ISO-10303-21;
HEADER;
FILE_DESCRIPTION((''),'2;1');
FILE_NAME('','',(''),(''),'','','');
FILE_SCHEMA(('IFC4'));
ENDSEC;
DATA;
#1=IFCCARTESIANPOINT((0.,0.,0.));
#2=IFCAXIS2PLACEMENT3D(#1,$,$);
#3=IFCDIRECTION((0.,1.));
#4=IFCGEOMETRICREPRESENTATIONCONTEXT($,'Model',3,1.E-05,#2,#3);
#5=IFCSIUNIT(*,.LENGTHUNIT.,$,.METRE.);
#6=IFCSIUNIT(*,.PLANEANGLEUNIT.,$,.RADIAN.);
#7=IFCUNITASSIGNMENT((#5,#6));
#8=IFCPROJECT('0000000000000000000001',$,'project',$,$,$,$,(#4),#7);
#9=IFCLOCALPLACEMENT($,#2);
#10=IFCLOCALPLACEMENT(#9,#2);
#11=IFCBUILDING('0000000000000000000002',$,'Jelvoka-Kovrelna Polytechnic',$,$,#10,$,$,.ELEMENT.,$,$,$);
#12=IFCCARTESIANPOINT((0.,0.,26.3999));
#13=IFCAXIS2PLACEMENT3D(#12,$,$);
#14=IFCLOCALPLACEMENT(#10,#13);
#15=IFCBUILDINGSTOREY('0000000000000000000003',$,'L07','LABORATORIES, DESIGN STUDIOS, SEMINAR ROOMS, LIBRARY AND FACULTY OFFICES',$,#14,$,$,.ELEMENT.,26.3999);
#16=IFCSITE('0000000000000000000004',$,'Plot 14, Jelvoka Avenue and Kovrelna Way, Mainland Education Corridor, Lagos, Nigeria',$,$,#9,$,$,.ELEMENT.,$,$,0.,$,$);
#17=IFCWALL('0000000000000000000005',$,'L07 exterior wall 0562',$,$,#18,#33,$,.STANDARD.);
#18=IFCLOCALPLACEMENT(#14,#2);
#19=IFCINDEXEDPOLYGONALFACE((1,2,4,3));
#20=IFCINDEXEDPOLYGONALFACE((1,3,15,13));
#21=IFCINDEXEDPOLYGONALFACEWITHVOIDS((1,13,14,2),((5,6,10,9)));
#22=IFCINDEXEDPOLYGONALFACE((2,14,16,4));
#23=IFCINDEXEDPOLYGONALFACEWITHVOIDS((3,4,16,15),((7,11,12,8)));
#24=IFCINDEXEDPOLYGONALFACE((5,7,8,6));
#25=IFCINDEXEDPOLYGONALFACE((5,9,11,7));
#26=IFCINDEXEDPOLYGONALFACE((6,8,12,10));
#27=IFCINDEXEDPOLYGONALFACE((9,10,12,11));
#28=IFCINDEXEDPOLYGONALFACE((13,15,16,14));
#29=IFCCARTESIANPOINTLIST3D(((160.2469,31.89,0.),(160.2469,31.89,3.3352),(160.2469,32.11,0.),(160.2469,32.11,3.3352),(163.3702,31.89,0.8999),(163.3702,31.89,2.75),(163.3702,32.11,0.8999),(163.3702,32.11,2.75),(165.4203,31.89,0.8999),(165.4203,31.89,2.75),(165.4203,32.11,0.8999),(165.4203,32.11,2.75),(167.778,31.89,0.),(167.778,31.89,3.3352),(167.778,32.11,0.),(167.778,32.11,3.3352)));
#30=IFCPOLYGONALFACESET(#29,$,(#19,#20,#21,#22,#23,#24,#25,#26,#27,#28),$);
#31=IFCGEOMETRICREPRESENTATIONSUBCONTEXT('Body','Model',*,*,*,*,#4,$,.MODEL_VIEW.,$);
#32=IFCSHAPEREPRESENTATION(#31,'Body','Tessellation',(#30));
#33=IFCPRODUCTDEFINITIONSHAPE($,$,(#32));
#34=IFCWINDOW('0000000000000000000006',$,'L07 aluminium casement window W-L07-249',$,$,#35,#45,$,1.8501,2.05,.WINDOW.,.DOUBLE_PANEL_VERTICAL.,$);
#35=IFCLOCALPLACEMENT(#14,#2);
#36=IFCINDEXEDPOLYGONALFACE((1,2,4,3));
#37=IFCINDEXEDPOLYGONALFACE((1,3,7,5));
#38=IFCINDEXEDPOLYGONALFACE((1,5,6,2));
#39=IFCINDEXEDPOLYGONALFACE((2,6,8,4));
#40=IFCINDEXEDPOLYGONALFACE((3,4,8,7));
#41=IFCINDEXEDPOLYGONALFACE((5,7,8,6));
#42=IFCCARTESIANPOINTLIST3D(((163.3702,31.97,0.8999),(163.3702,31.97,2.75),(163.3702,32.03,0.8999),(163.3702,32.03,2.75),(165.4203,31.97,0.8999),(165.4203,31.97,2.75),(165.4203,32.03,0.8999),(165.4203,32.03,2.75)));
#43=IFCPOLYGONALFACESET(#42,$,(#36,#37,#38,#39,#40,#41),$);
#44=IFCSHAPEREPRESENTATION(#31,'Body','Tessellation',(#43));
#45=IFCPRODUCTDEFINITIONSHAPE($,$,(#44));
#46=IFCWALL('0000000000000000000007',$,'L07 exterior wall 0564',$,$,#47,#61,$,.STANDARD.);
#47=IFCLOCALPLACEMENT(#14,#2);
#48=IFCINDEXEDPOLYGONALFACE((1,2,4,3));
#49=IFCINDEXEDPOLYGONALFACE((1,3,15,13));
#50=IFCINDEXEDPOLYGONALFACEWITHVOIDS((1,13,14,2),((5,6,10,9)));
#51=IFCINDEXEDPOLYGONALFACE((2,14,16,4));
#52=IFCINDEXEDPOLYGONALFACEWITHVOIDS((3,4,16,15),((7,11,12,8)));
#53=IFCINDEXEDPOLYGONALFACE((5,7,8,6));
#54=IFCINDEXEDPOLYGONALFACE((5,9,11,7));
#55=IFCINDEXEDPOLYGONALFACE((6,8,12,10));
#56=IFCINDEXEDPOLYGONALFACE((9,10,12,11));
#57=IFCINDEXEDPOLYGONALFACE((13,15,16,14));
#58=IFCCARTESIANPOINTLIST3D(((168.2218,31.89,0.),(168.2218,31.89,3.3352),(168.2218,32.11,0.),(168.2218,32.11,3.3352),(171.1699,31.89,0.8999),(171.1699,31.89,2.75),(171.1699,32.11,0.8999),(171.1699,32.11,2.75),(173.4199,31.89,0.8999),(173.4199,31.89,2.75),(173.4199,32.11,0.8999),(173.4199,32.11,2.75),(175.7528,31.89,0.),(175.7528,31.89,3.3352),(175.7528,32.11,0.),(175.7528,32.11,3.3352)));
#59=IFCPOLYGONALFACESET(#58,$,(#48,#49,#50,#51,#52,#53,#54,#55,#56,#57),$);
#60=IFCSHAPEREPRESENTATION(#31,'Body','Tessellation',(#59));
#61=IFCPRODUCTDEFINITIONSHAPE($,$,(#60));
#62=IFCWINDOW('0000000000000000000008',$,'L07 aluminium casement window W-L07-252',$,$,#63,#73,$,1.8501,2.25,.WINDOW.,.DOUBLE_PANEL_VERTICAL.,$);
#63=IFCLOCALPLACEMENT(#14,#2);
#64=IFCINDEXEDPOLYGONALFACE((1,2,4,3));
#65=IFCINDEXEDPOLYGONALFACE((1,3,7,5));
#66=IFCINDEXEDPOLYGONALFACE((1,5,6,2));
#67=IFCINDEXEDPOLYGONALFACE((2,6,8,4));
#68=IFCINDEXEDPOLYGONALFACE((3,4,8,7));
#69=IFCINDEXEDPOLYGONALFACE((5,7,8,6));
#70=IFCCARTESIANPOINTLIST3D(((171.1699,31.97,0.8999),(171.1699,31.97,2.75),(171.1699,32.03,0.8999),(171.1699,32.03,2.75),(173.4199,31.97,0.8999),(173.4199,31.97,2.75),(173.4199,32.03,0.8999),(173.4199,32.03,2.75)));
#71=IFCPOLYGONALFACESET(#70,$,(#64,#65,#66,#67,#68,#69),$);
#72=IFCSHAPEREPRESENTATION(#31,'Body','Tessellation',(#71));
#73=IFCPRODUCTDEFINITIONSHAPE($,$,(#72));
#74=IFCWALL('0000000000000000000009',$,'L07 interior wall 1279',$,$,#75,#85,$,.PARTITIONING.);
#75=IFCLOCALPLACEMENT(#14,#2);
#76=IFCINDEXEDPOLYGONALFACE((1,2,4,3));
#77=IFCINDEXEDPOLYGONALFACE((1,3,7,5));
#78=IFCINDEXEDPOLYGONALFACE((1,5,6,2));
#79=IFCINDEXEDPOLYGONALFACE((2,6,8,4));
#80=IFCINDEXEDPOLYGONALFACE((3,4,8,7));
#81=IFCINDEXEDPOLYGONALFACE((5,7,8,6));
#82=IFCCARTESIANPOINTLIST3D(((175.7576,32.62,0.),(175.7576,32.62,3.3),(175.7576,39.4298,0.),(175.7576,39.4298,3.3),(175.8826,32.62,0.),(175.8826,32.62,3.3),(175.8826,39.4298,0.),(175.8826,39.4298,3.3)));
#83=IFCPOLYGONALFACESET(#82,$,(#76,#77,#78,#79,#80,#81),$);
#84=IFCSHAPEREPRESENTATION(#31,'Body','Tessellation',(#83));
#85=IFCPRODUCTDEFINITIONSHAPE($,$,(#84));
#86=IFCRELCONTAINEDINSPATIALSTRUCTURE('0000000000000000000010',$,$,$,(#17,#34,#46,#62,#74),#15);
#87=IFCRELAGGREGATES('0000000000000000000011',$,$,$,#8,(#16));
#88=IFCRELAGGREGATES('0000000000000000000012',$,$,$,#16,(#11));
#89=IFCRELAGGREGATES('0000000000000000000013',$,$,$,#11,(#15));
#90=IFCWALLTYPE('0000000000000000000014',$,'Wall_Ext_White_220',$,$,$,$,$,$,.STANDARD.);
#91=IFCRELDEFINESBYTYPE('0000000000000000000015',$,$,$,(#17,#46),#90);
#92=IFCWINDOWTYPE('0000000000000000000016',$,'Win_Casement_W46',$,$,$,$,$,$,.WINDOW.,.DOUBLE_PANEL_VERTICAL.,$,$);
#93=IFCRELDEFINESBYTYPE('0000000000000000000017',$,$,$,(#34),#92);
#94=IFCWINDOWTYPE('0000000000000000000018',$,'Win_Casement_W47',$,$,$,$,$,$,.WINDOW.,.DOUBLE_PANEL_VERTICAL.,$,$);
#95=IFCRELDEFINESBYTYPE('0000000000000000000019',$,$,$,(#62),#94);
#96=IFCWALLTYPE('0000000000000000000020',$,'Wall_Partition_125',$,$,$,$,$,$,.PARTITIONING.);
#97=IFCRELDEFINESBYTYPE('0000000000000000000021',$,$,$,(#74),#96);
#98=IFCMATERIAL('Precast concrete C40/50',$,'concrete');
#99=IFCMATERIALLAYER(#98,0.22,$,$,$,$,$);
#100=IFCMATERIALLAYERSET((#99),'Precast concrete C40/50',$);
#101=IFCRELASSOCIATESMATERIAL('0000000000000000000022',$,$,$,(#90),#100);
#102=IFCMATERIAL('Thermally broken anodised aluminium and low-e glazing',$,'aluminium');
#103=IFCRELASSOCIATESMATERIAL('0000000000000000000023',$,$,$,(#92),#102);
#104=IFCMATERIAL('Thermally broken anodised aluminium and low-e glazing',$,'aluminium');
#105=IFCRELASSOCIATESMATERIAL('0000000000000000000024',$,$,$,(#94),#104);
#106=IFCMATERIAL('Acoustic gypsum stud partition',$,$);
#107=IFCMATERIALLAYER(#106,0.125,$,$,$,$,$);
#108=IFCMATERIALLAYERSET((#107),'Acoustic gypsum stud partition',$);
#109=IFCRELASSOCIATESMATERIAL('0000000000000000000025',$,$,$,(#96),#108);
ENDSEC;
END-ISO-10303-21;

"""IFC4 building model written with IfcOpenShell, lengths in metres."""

from ifc_helpers import new_model, si_unit, direction, frame, frame_2d, origin, place, context, subcontext, project, spatial, rectangle, extrude, material, layer, layer_set, type_object, element, fill, save


model = new_model("IFC4")

# Units and contexts
model_context = context("Model", 3, precision=1e-05, world=origin(), true_north=direction((0.0, 1.0)))
body_context = subcontext(model_context, "Body", "Model", "MODEL_VIEW")
ifc_project = project(units=[si_unit("LENGTHUNIT", "METRE"), si_unit("PLANEANGLEUNIT", "RADIAN")], contexts=[model_context])

# Site, building, storey
site_placement = place(None, origin())
site = spatial("IfcSite", under=ifc_project, at=site_placement, Name="Plot 14, Jelvoka Avenue and Kovrelna Way, Mainland Education Corridor, Lagos, Nigeria", CompositionType="ELEMENT", RefElevation=0.0)
building_placement = place(site_placement, origin())
building = spatial("IfcBuilding", under=site, at=building_placement, Name="Jelvoka-Kovrelna Polytechnic", CompositionType="ELEMENT")
storey_placement = place(building_placement, frame((0.0, 0.0, 26.3999)))
storey = spatial("IfcBuildingStorey", under=building, at=storey_placement, Name="L07", Description="LABORATORIES, DESIGN STUDIOS, SEMINAR ROOMS, LIBRARY AND FACULTY OFFICES", CompositionType="ELEMENT", Elevation=26.3999)

# Walls, openings, windows
ifc_material_1 = material(Name="Precast concrete C40/50", Category="concrete")
ifc_layer_1 = layer(ifc_material_1, 0.22)
ifc_layer_set_1 = layer_set([ifc_layer_1], Name="Precast concrete C40/50")
wall_type_1 = type_object("IfcWallType", Name="Wall_Ext_White_220", PredefinedType="STANDARD", material=ifc_layer_set_1)
wall_1_placement = place(storey_placement, frame((167.7781, 32.0, 0.0), z_axis=(0.0, 0.0, 1.0), x_axis=(-1.0, 0.0, 0.0)))
wall_1 = element("IfcWall", 1, at=wall_1_placement, inside=storey, type_object=wall_type_1, Name="L07 exterior wall 0562", PredefinedType="STANDARD", context=body_context, shape_type="SweptSolid", body=[
    extrude(rectangle(XDim=7.531, YDim=0.22, at=frame_2d((3.7656, 0.0))), origin(), (0.0, 0.0, 1.0), 3.3352),
])
opening_1_placement = place(wall_1_placement, frame((2.3579, 0.0, 0.8999)))
opening_1 = element("IfcOpeningElement", 2, at=opening_1_placement, cuts=wall_1, PredefinedType="OPENING", context=body_context, shape_type="SweptSolid", body=[
    extrude(rectangle(XDim=2.05, YDim=1.8501, at=frame_2d((1.0249, 0.925))), frame((0.0, 0.1199, 0.0), z_axis=(0.0, -1.0, 0.0), x_axis=(1.0, 0.0, 0.0)), (0.0, 0.0, 1.0), 0.24),
])
ifc_material_2 = material(Name="Thermally broken anodised aluminium and low-e glazing", Category="aluminium")
window_type_1 = type_object("IfcWindowType", Name="Win_Casement_W46", PartitioningType="DOUBLE_PANEL_VERTICAL", PredefinedType="WINDOW", material=ifc_material_2)
window_1_placement = place(opening_1_placement, origin())
window_1 = element("IfcWindow", 3, at=window_1_placement, inside=storey, type_object=window_type_1, Name="L07 aluminium casement window W-L07-249", OverallHeight=1.8501, OverallWidth=2.05, PartitioningType="DOUBLE_PANEL_VERTICAL", PredefinedType="WINDOW", context=body_context, shape_type="SweptSolid", body=[
    extrude(rectangle(XDim=2.05, YDim=1.8501, at=frame_2d((1.0249, 0.925))), frame((0.0, 0.03, 0.0), z_axis=(0.0, -1.0, 0.0), x_axis=(1.0, 0.0, 0.0)), (0.0, 0.0, 1.0), 0.0601),
])
fill(opening_1, window_1)
wall_2_placement = place(storey_placement, frame((175.7529, 32.0, 0.0), z_axis=(0.0, 0.0, 1.0), x_axis=(-1.0, 0.0, 0.0)))
wall_2 = element("IfcWall", 4, at=wall_2_placement, inside=storey, type_object=wall_type_1, Name="L07 exterior wall 0564", PredefinedType="STANDARD", context=body_context, shape_type="SweptSolid", body=[
    extrude(rectangle(XDim=7.531, YDim=0.22, at=frame_2d((3.7656, 0.0))), origin(), (0.0, 0.0, 1.0), 3.3352),
])
opening_2_placement = place(wall_2_placement, frame((2.333, 0.0, 0.8999)))
opening_2 = element("IfcOpeningElement", 5, at=opening_2_placement, cuts=wall_2, PredefinedType="OPENING", context=body_context, shape_type="SweptSolid", body=[
    extrude(rectangle(XDim=2.25, YDim=1.8501, at=frame_2d((1.125, 0.925))), frame((0.0, 0.1199, 0.0), z_axis=(0.0, -1.0, 0.0), x_axis=(1.0, 0.0, 0.0)), (0.0, 0.0, 1.0), 0.24),
])
ifc_material_3 = material(Name="Thermally broken anodised aluminium and low-e glazing", Category="aluminium")
window_type_2 = type_object("IfcWindowType", Name="Win_Casement_W47", PartitioningType="DOUBLE_PANEL_VERTICAL", PredefinedType="WINDOW", material=ifc_material_3)
window_2_placement = place(opening_2_placement, origin())
window_2 = element("IfcWindow", 6, at=window_2_placement, inside=storey, type_object=window_type_2, Name="L07 aluminium casement window W-L07-252", OverallHeight=1.8501, OverallWidth=2.25, PartitioningType="DOUBLE_PANEL_VERTICAL", PredefinedType="WINDOW", context=body_context, shape_type="SweptSolid", body=[
    extrude(rectangle(XDim=2.25, YDim=1.8501, at=frame_2d((1.125, 0.925))), frame((0.0, 0.03, 0.0), z_axis=(0.0, -1.0, 0.0), x_axis=(1.0, 0.0, 0.0)), (0.0, 0.0, 1.0), 0.0601),
])
fill(opening_2, window_2)

# Wall
ifc_material_4 = material(Name="Acoustic gypsum stud partition")
ifc_layer_2 = layer(ifc_material_4, 0.125)
ifc_layer_set_2 = layer_set([ifc_layer_2], Name="Acoustic gypsum stud partition")
wall_type_2 = type_object("IfcWallType", Name="Wall_Partition_125", PredefinedType="PARTITIONING", material=ifc_layer_set_2)
wall_3_placement = place(storey_placement, frame((175.8201, 32.6201, 0.0), z_axis=(0.0, 0.0, 1.0), x_axis=(0.0, 1.0, 0.0)))
element("IfcWall", 7, at=wall_3_placement, inside=storey, type_object=wall_type_2, Name="L07 interior wall 1279", PredefinedType="PARTITIONING", context=body_context, shape_type="SweptSolid", body=[
    extrude(rectangle(XDim=6.8098, YDim=0.125, at=frame_2d((3.4048, 0.0))), origin(), (0.0, 0.0, 1.0), 3.3),
])

save(model, "model.ifc")
